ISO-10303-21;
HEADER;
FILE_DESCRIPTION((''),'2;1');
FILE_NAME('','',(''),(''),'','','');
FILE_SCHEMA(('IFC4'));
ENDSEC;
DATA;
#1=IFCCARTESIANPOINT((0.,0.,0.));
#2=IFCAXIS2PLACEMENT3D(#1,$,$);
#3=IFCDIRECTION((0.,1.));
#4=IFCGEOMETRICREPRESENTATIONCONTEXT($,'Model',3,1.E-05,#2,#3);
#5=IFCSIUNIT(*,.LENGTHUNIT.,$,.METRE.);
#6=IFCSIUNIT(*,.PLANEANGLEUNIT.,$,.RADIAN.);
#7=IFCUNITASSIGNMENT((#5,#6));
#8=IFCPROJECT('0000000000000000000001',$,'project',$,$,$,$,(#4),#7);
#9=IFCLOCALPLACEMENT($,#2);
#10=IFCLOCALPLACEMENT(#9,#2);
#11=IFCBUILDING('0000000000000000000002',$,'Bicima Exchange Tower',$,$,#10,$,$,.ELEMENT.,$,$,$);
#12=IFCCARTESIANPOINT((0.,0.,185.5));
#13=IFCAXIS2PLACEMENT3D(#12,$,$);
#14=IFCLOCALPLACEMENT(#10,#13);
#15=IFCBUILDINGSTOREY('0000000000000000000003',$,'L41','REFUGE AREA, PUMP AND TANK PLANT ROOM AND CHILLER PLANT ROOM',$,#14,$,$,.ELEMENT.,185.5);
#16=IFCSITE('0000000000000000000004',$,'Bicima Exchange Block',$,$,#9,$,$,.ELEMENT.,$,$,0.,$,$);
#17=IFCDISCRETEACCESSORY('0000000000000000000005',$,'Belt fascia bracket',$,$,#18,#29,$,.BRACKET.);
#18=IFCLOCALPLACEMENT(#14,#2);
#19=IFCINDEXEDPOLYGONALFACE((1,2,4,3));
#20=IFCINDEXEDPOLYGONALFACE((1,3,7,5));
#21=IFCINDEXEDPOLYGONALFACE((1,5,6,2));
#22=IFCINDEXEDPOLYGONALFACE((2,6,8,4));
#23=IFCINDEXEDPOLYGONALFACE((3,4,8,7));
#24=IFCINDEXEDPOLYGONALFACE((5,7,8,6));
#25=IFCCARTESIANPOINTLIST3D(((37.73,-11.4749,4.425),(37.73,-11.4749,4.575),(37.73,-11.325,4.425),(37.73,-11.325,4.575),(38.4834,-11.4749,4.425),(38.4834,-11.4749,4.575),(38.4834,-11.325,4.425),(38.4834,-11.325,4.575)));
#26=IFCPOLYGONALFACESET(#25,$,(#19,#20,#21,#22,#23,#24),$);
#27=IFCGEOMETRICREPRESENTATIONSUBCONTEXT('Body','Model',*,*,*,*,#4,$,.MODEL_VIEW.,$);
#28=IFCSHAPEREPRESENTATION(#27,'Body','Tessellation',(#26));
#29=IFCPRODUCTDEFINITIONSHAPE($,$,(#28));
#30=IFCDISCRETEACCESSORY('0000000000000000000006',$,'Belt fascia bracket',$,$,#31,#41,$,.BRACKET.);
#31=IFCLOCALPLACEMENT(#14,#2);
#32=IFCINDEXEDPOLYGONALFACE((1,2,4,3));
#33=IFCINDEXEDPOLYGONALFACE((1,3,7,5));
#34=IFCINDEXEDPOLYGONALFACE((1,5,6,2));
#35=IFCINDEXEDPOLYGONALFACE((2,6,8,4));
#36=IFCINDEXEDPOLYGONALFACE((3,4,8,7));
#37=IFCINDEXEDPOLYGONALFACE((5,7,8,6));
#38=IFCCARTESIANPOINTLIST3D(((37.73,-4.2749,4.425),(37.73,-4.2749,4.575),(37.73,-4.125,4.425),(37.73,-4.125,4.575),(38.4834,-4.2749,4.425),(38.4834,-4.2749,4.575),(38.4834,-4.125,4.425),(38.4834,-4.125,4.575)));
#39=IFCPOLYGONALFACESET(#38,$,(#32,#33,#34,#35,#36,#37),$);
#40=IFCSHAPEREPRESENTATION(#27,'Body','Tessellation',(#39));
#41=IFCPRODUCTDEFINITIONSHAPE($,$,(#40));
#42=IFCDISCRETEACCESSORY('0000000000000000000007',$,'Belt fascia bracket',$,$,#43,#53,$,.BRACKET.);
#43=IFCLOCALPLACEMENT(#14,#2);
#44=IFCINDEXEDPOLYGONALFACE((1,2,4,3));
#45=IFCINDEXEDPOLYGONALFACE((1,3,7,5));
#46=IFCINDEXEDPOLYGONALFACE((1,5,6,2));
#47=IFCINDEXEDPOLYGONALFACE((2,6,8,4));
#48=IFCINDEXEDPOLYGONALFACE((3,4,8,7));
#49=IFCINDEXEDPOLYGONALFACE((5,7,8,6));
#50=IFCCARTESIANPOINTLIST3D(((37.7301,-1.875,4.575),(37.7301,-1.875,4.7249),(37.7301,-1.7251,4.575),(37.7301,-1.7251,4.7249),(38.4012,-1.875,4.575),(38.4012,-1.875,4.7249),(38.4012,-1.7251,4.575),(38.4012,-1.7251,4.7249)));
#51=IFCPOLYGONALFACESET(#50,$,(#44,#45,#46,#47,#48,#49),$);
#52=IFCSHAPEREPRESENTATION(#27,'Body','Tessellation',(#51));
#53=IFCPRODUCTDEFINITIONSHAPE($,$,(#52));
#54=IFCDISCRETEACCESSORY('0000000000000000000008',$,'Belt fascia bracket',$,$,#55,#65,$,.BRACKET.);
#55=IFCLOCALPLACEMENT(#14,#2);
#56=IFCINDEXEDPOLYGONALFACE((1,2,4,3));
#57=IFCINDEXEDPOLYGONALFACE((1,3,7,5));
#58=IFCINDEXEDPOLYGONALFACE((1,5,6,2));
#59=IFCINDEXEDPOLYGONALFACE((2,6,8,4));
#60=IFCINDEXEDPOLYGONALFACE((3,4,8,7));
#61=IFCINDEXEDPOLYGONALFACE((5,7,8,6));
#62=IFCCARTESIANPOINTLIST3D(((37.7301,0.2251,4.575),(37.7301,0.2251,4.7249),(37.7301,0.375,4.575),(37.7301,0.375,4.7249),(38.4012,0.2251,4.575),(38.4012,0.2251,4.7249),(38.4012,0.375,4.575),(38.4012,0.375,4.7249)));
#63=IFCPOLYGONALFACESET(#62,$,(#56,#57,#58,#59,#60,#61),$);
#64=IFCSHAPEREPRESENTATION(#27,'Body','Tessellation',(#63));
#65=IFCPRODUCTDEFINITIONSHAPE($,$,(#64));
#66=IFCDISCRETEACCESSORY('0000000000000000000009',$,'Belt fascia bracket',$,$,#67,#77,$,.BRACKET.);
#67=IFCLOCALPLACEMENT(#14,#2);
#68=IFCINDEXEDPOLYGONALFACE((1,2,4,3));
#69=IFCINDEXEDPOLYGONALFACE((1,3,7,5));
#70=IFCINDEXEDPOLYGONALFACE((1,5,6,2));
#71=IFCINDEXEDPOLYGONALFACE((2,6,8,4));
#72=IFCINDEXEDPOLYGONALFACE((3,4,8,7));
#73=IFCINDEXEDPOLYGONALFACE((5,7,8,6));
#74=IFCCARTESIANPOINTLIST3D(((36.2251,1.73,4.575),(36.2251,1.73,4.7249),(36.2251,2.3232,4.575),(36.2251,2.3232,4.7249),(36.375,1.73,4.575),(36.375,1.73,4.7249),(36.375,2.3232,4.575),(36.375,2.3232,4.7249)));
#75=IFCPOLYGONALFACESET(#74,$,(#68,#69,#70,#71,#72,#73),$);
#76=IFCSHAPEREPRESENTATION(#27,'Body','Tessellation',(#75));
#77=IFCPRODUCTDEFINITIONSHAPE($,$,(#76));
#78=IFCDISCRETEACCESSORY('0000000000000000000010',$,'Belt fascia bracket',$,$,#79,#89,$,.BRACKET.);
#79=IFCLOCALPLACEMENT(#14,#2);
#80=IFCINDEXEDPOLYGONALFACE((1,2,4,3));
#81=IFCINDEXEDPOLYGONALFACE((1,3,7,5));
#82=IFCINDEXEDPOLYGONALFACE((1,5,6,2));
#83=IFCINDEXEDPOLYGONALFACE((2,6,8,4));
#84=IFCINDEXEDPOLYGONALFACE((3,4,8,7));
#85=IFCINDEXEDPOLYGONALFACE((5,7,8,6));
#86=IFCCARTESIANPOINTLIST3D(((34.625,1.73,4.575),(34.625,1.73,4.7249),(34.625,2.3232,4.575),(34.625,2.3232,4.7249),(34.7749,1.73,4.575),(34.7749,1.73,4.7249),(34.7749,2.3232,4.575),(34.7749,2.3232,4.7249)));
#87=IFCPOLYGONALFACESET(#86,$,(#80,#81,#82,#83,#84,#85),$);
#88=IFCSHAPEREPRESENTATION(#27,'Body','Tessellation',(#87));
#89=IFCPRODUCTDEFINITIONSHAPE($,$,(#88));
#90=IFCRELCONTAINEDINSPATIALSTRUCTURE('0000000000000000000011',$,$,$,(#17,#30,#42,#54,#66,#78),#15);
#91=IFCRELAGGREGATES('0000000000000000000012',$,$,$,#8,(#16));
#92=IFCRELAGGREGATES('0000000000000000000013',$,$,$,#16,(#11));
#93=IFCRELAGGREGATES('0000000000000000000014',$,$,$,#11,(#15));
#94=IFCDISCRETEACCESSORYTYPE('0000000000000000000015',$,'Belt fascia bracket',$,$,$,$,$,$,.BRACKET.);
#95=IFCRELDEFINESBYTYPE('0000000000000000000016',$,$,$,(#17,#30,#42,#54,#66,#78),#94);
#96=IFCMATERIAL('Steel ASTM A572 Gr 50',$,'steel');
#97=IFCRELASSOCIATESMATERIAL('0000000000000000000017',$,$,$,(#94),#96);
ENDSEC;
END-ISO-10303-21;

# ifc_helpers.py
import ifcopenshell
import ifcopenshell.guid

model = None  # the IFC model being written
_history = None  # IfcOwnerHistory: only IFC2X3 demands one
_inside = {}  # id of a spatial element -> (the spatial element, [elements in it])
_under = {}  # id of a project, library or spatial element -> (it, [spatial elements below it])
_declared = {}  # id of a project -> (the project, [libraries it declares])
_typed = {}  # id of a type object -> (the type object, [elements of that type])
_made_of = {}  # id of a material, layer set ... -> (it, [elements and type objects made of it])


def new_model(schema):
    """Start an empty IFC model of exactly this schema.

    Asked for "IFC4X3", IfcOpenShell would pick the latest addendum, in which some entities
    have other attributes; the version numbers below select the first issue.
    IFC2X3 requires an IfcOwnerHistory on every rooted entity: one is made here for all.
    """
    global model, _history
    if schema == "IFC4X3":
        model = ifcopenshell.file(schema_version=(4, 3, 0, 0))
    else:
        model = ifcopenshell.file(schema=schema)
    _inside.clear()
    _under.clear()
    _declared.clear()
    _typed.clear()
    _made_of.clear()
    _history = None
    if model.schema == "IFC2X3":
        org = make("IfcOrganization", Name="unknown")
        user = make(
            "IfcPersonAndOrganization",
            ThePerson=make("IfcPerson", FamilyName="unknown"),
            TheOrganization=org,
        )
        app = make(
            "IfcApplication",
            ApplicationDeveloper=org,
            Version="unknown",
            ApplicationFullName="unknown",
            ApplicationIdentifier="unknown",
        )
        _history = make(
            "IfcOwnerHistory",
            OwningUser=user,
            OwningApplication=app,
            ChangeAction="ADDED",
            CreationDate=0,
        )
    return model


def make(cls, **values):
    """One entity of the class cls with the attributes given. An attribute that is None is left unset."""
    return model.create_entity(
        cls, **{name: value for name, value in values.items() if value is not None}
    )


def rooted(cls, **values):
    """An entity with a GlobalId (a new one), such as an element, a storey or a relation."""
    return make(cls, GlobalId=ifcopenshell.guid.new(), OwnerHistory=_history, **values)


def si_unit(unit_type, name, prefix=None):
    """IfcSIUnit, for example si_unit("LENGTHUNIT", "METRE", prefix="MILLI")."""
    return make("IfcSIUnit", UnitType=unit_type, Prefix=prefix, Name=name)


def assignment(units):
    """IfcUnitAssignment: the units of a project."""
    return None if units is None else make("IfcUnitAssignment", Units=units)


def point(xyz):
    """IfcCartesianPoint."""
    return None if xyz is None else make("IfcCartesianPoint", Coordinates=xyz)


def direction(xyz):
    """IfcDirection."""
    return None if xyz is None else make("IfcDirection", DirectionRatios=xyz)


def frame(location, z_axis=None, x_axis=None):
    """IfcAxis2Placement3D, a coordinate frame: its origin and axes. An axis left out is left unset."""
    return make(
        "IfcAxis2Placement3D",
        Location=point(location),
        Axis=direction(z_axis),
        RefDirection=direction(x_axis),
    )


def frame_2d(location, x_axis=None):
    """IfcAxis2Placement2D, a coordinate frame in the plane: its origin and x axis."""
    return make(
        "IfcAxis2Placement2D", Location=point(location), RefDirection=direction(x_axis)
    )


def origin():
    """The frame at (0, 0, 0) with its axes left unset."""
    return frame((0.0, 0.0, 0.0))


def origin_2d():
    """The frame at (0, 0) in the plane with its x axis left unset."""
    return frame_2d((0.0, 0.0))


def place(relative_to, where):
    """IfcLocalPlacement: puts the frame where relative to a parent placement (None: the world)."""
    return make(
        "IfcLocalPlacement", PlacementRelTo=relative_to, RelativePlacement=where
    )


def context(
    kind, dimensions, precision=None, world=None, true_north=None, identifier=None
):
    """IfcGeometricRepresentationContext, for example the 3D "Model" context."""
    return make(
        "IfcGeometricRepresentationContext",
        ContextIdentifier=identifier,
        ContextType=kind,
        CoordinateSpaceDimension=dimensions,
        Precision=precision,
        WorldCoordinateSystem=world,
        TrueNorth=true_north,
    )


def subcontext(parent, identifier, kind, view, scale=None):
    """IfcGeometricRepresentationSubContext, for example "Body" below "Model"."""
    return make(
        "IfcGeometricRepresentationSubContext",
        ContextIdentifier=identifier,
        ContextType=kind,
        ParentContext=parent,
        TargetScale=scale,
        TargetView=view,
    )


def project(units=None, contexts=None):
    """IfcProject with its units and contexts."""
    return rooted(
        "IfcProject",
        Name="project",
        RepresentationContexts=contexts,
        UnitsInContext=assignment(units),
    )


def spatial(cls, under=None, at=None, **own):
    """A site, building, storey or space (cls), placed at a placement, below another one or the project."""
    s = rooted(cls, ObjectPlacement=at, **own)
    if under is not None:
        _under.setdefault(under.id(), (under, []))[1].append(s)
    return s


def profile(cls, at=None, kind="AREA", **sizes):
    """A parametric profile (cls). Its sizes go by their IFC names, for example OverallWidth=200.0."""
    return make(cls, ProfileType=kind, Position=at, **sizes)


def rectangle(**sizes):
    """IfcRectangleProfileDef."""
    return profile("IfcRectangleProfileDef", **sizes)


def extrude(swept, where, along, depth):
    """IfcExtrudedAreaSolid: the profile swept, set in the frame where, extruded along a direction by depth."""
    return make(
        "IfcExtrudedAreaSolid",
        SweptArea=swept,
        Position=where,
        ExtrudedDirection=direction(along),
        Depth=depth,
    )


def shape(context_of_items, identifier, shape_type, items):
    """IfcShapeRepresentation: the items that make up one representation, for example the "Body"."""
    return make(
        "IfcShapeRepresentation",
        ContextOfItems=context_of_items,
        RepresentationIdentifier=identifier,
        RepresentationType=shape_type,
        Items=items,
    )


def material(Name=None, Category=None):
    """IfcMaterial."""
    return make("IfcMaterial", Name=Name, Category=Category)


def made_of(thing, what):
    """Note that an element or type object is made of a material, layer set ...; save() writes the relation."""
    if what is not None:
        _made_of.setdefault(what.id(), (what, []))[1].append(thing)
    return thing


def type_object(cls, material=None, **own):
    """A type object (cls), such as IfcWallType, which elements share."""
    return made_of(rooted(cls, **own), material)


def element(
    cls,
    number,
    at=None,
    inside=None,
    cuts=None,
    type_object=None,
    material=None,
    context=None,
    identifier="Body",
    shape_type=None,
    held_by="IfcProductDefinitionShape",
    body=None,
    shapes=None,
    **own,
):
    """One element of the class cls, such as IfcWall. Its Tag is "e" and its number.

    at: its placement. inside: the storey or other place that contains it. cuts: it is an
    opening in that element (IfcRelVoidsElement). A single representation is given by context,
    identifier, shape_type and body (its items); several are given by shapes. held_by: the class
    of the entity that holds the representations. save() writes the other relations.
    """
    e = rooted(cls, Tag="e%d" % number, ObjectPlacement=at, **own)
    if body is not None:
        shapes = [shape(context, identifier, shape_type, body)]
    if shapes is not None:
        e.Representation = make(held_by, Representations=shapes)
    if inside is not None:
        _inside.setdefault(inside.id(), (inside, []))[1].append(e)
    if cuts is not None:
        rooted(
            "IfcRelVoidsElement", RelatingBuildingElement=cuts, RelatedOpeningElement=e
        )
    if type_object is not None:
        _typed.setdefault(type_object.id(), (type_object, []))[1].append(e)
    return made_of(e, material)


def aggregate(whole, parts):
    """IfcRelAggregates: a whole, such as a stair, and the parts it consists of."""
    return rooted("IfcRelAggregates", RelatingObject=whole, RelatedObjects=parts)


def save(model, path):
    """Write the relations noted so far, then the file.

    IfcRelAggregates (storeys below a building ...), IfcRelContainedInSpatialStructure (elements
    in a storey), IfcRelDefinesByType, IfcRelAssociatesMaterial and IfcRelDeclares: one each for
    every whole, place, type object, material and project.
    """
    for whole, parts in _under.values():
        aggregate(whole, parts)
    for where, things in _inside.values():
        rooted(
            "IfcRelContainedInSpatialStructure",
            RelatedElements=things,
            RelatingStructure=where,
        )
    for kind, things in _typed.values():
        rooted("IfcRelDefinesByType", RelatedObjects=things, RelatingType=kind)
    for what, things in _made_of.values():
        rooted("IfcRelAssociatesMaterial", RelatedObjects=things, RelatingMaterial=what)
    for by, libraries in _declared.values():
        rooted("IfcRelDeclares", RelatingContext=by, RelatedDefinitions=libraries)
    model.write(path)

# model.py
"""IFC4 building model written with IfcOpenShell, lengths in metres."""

from ifc_helpers import new_model, si_unit, direction, frame, origin, origin_2d, place, context, subcontext, project, spatial, rectangle, extrude, material, type_object, element, save


model = new_model("IFC4")

# Units and contexts
model_context = context("Model", 3, precision=1e-05, world=origin(), true_north=direction((0.0, 1.0)))
body_context = subcontext(model_context, "Body", "Model", "MODEL_VIEW")
ifc_project = project(units=[si_unit("LENGTHUNIT", "METRE"), si_unit("PLANEANGLEUNIT", "RADIAN")], contexts=[model_context])

# Site, building, storey
site_placement = place(None, origin())
site = spatial("IfcSite", under=ifc_project, at=site_placement, Name="Bicima Exchange Block", CompositionType="ELEMENT", RefElevation=0.0)
building_placement = place(site_placement, origin())
building = spatial("IfcBuilding", under=site, at=building_placement, Name="Bicima Exchange Tower", CompositionType="ELEMENT")
storey_placement = place(building_placement, frame((0.0, 0.0, 185.5)))
storey = spatial("IfcBuildingStorey", under=building, at=storey_placement, Name="L41", Description="REFUGE AREA, PUMP AND TANK PLANT ROOM AND CHILLER PLANT ROOM", CompositionType="ELEMENT", Elevation=185.5)

# Shared definitions
ifc_material_1 = material(Name="Steel ASTM A572 Gr 50", Category="steel")

# Discrete accessories
discrete_accessory_type = type_object("IfcDiscreteAccessoryType", Name="Belt fascia bracket", PredefinedType="BRACKET", material=ifc_material_1)
for number, where, z_axis, x_axis, name in (
    (1, (38.1067, -11.3999, 4.425), (0.0, 0.0, 1.0), (0.0, 1.0, 0.0), "Belt fascia bracket"),
    (2, (38.1067, -4.2, 4.425), (0.0, 0.0, 1.0), (0.0, 1.0, 0.0), "Belt fascia bracket"),
):
    element("IfcDiscreteAccessory", number, at=place(storey_placement, frame(where, z_axis=z_axis, x_axis=x_axis)), inside=storey, type_object=discrete_accessory_type, Name=name, PredefinedType="BRACKET", context=body_context, shape_type="SweptSolid", body=[
        extrude(rectangle(XDim=0.1499, YDim=0.7534, at=origin_2d()), origin(), (0.0, 0.0, 1.0), 0.1499),
    ])
for number, where, z_axis, x_axis, name in (
    (3, (38.0657, -1.8, 4.575), (0.0, 0.0, 1.0), (0.0, 1.0, 0.0), "Belt fascia bracket"),
    (4, (38.0657, 0.3, 4.575), (0.0, 0.0, 1.0), (0.0, 1.0, 0.0), "Belt fascia bracket"),
):
    element("IfcDiscreteAccessory", number, at=place(storey_placement, frame(where, z_axis=z_axis, x_axis=x_axis)), inside=storey, type_object=discrete_accessory_type, Name=name, PredefinedType="BRACKET", context=body_context, shape_type="SweptSolid", body=[
        extrude(rectangle(XDim=0.1499, YDim=0.6711, at=origin_2d()), origin(), (0.0, 0.0, 1.0), 0.1499),
    ])
for number, where, z_axis, x_axis, name in (
    (5, (36.3, 2.0266, 4.575), (0.0, 0.0, 1.0), (-1.0, 0.0, 0.0), "Belt fascia bracket"),
    (6, (34.7, 2.0266, 4.575), (0.0, 0.0, 1.0), (-1.0, 0.0, 0.0), "Belt fascia bracket"),
):
    element("IfcDiscreteAccessory", number, at=place(storey_placement, frame(where, z_axis=z_axis, x_axis=x_axis)), inside=storey, type_object=discrete_accessory_type, Name=name, PredefinedType="BRACKET", context=body_context, shape_type="SweptSolid", body=[
        extrude(rectangle(XDim=0.1499, YDim=0.5933, at=origin_2d()), origin(), (0.0, 0.0, 1.0), 0.1499),
    ])

save(model, "model.ifc")
